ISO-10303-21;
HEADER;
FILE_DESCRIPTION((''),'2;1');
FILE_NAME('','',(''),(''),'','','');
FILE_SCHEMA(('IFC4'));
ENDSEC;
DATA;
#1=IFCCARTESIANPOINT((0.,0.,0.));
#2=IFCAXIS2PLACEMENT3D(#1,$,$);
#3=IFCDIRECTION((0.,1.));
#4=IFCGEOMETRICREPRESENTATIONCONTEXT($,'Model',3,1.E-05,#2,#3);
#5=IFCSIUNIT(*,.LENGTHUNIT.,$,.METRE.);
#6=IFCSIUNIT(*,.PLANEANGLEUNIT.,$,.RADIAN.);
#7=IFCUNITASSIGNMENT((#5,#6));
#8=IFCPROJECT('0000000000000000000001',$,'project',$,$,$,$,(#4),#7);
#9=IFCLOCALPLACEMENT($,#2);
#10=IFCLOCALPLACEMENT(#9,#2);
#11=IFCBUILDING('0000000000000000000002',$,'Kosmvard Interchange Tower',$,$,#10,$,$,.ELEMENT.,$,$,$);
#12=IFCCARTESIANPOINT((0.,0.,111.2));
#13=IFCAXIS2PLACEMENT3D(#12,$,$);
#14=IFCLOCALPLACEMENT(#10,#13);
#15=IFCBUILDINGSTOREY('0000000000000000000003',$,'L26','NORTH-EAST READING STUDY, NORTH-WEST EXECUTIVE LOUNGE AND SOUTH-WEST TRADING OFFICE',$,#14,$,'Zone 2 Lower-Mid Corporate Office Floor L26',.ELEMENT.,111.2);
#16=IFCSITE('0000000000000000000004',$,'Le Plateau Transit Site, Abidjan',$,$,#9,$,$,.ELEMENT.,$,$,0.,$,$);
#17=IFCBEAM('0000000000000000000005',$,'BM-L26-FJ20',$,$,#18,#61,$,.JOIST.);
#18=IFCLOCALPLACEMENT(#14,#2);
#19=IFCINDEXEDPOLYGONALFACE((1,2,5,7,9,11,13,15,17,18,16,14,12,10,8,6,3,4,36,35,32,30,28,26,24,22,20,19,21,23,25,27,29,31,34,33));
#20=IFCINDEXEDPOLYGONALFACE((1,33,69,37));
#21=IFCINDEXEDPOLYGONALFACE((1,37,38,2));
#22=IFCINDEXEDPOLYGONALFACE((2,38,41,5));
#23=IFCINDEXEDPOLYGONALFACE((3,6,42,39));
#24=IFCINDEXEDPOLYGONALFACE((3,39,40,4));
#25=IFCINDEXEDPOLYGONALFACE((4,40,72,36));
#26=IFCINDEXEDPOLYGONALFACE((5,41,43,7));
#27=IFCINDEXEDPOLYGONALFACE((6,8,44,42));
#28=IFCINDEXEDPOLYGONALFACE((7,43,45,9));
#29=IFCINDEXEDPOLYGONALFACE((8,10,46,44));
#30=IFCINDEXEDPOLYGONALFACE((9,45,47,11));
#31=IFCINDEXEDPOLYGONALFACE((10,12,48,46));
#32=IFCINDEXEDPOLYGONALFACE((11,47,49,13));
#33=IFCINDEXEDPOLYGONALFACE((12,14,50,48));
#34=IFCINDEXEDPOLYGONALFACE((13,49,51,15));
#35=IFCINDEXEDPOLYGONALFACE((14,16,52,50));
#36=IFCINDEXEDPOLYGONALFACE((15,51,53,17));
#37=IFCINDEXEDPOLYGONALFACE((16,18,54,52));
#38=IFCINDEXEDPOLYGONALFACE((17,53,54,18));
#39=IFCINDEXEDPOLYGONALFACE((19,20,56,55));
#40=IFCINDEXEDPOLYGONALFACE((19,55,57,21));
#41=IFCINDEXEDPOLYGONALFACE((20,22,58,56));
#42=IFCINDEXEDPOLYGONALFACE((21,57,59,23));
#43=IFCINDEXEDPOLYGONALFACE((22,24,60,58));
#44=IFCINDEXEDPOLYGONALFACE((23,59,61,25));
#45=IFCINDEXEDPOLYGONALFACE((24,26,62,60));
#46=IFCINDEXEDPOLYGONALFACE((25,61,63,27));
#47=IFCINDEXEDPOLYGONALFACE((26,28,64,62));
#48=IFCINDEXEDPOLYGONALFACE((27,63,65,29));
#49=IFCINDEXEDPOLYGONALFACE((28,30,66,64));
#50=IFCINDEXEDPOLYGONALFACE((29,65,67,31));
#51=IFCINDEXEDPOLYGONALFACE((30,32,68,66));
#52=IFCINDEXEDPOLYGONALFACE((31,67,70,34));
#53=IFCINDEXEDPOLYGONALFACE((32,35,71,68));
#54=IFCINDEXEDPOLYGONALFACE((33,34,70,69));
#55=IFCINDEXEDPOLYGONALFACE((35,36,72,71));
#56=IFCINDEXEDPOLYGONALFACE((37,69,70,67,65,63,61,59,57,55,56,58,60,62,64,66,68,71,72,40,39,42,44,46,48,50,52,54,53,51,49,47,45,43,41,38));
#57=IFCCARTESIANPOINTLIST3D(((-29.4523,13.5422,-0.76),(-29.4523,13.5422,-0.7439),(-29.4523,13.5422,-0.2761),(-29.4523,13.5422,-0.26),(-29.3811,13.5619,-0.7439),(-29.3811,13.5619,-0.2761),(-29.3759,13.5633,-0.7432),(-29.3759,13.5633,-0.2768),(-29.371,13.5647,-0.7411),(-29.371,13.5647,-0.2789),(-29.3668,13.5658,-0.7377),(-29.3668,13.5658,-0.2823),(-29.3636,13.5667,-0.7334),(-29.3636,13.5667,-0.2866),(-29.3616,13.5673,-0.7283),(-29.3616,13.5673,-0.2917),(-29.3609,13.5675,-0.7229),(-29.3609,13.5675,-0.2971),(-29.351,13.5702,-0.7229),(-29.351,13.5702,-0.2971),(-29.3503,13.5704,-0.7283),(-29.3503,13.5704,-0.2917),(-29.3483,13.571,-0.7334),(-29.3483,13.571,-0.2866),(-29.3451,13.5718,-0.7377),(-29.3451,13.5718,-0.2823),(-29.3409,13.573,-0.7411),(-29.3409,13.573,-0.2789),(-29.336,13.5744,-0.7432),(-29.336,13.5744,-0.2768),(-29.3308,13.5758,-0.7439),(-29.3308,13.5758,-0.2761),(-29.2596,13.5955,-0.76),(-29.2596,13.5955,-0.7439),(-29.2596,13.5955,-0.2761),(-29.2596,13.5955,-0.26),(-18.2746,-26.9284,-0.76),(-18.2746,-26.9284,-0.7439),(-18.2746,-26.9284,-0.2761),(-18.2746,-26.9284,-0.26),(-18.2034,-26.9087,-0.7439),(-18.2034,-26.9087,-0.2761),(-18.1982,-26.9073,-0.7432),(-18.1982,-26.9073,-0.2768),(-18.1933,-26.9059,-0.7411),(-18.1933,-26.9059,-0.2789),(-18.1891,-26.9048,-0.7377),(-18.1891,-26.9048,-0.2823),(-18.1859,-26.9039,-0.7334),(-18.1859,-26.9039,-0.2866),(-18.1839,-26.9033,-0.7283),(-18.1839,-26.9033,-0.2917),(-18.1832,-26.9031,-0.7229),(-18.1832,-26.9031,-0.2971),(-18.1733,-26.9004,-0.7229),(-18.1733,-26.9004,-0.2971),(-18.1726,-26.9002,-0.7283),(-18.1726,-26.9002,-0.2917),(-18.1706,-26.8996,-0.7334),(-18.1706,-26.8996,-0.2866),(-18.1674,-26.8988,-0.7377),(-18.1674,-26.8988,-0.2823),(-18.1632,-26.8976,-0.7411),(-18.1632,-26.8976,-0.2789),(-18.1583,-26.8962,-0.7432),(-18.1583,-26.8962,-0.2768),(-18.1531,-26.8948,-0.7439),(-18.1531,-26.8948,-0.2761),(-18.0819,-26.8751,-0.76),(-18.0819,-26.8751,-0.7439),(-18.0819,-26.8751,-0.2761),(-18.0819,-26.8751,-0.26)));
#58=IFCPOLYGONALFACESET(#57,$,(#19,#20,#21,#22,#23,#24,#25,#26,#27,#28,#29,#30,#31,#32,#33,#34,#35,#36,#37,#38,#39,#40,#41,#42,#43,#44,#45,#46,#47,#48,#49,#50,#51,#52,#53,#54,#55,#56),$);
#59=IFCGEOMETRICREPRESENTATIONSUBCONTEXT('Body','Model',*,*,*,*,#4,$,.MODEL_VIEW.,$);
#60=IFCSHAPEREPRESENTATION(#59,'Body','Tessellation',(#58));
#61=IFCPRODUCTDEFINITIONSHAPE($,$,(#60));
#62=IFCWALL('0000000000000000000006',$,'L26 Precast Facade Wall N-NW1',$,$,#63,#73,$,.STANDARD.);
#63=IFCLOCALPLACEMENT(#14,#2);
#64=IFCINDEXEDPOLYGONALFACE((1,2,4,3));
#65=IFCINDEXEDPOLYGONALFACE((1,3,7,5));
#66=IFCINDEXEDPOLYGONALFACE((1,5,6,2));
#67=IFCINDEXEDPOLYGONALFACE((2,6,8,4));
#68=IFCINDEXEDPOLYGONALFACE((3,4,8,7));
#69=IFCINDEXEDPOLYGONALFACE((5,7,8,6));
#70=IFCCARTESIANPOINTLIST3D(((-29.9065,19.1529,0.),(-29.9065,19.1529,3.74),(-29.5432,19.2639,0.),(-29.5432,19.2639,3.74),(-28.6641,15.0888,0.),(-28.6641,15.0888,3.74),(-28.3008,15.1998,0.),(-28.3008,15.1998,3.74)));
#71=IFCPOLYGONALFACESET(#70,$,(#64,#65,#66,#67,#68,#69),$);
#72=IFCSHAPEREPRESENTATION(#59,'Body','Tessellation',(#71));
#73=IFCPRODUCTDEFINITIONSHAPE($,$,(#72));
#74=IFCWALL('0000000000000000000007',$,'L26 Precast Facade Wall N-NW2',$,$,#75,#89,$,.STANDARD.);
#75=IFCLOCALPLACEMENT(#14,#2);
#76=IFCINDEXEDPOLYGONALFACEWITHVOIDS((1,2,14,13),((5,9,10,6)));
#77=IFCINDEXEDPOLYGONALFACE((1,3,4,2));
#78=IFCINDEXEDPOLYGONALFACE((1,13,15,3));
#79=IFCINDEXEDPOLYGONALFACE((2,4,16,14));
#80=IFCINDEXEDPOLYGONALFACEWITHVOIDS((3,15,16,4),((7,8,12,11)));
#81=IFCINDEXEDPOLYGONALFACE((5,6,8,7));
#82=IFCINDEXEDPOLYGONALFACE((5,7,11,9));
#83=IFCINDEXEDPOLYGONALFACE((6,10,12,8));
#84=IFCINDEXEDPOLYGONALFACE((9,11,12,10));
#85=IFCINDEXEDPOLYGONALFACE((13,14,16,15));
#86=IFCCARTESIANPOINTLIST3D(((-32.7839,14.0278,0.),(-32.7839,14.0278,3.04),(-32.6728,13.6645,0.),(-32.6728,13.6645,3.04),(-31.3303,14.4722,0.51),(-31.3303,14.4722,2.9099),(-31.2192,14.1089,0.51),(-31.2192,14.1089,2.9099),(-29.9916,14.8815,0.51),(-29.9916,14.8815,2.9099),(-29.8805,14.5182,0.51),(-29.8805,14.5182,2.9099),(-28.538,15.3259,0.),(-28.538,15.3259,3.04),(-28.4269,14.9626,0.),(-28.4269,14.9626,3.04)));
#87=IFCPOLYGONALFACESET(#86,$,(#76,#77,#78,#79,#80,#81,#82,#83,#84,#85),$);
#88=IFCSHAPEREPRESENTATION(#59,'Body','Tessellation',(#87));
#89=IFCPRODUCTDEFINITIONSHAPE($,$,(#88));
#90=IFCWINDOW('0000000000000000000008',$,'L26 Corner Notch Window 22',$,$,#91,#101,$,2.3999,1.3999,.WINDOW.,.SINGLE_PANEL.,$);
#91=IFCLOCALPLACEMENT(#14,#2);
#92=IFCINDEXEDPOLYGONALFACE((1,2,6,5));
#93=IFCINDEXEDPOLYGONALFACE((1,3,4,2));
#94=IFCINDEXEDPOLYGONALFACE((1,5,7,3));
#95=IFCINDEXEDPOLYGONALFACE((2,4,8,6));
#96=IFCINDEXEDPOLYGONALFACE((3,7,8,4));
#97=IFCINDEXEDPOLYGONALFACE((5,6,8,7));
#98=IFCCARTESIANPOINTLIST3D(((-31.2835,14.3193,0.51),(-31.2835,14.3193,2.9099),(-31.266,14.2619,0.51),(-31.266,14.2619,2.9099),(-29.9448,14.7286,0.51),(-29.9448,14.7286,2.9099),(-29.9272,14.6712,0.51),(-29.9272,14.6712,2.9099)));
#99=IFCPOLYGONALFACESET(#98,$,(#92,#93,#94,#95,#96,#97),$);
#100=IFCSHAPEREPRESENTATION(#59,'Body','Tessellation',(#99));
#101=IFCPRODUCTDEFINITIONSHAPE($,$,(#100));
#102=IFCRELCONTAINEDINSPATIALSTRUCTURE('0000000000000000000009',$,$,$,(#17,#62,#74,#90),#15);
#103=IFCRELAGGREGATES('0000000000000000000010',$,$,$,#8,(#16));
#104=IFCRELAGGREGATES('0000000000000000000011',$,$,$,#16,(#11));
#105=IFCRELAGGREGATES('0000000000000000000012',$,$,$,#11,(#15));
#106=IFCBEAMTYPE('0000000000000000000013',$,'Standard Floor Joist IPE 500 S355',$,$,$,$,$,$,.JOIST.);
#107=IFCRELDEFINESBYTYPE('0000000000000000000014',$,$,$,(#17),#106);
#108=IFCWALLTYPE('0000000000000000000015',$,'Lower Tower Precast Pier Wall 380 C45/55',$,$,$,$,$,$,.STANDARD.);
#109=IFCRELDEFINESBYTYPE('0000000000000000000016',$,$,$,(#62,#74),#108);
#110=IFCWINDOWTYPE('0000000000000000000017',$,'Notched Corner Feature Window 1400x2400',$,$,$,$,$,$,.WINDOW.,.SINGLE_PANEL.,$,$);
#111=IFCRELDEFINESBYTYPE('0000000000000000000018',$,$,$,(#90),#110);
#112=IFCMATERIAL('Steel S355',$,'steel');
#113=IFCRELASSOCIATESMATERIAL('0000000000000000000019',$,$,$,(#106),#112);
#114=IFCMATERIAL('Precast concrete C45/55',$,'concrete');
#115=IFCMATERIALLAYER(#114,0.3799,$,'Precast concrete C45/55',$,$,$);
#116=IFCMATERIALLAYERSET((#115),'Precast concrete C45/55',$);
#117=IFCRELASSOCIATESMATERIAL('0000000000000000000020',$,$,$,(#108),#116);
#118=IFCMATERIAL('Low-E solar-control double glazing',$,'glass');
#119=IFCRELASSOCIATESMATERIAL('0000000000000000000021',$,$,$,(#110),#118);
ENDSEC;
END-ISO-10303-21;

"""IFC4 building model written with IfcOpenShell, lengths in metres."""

from ifc_helpers import new_model, si_unit, direction, frame, frame_2d, origin, origin_2d, place, context, subcontext, project, spatial, rectangle, i_section, extrude, source, transform, mapped, material, layer, layer_set, material_profile, profile_set, type_object, element, fill, save


model = new_model("IFC4")

# Units and contexts
model_context = context("Model", 3, precision=1e-05, world=origin(), true_north=direction((0.0, 1.0)))
body_context = subcontext(model_context, "Body", "Model", "MODEL_VIEW")
ifc_project = project(units=[si_unit("LENGTHUNIT", "METRE"), si_unit("PLANEANGLEUNIT", "RADIAN")], contexts=[model_context])

# Site, building, storey
site_placement = place(None, origin())
site = spatial("IfcSite", under=ifc_project, at=site_placement, Name="Le Plateau Transit Site, Abidjan", CompositionType="ELEMENT", RefElevation=0.0)
building_placement = place(site_placement, origin())
building = spatial("IfcBuilding", under=site, at=building_placement, Name="Kosmvard Interchange Tower", CompositionType="ELEMENT")
storey_placement = place(building_placement, frame((0.0, 0.0, 111.2)))
storey = spatial("IfcBuildingStorey", under=building, at=storey_placement, Name="L26", Description="NORTH-EAST READING STUDY, NORTH-WEST EXECUTIVE LOUNGE AND SOUTH-WEST TRADING OFFICE", LongName="Zone 2 Lower-Mid Corporate Office Floor L26", CompositionType="ELEMENT", Elevation=111.2)

# Beam
ifc_material_1 = material(Name="Steel S355", Category="steel")
ifc_material_2 = material(Name="Precast concrete C45/55", Category="concrete")
ifc_material_profile_1 = material_profile(ifc_material_1, i_section(OverallWidth=0.2, OverallDepth=0.5, WebThickness=0.0103, FlangeThickness=0.0161, FilletRadius=0.021, at=origin_2d()), Name="IPE 500")
ifc_profile_set_1 = profile_set([ifc_material_profile_1], Name="Steel S355")
beam_type_1 = type_object("IfcBeamType", Name="Standard Floor Joist IPE 500 S355", PredefinedType="JOIST", material=ifc_profile_set_1)
shared_shape_1 = source(origin(), body_context, "Body", "SweptSolid", [
    extrude(i_section(OverallWidth=0.2, OverallDepth=0.5, WebThickness=0.0103, FlangeThickness=0.0161, FilletRadius=0.021, at=origin_2d()), origin(), (0.0, 0.0, 1.0), 41.9858),
])
beam_1_placement = place(storey_placement, frame((-29.356, 13.5688, -0.51), z_axis=(0.266226, -0.963911, 0.0), x_axis=(0.963911, 0.266226, 0.0)))
element("IfcBeam", 1, at=beam_1_placement, inside=storey, type_object=beam_type_1, Name="BM-L26-FJ20", PredefinedType="JOIST", context=body_context, shape_type="MappedRepresentation", body=[
    mapped(shared_shape_1, transform((0.0, 0.0, 0.0), scale=1.0)),
])

# Wall
ifc_layer_1 = layer(ifc_material_2, 0.3799, Name="Precast concrete C45/55")
ifc_layer_set_1 = layer_set([ifc_layer_1], Name="Precast concrete C45/55")
wall_type = type_object("IfcWallType", Name="Lower Tower Precast Pier Wall 380 C45/55", PredefinedType="STANDARD", material=ifc_layer_set_1)
wall_1_placement = place(storey_placement, frame((-29.7249, 19.2085, 0.0), z_axis=(0.0, 0.0, 1.0), x_axis=(0.292346, -0.956313, 0.0)))
element("IfcWall", 2, at=wall_1_placement, inside=storey, type_object=wall_type, Name="L26 Precast Facade Wall N-NW1", PredefinedType="STANDARD", context=body_context, shape_type="SweptSolid", body=[
    extrude(rectangle(XDim=4.2498, YDim=0.3799, at=frame_2d((2.125, 0.0))), origin(), (0.0, 0.0, 1.0), 3.74),
])

# Wall, opening, window
wall_2_placement = place(storey_placement, frame((-28.4824, 15.1443, 0.0), z_axis=(0.0, 0.0, 1.0), x_axis=(-0.956304, -0.292374, 0.0)))
wall_2 = element("IfcWall", 3, at=wall_2_placement, inside=storey, type_object=wall_type, Name="L26 Precast Facade Wall N-NW2", PredefinedType="STANDARD", context=body_context, shape_type="SweptSolid", body=[
    extrude(rectangle(XDim=4.4399, YDim=0.3799, at=frame_2d((2.22, 0.0))), origin(), (0.0, 0.0, 1.0), 3.04),
])
opening_1_placement = place(wall_2_placement, frame((1.52, 0.0, 0.51)))
opening_1 = element("IfcOpeningElement", 4, at=opening_1_placement, cuts=wall_2, PredefinedType="OPENING", context=body_context, shape_type="SweptSolid", body=[
    extrude(rectangle(XDim=1.3999, YDim=2.3999, at=frame_2d((0.7, 1.2))), frame((0.0, 0.2, 0.0), z_axis=(0.0, -1.0, 0.0), x_axis=(1.0, 0.0, 0.0)), (0.0, 0.0, 1.0), 0.3999),
])
ifc_material_3 = material(Name="Low-E solar-control double glazing", Category="glass")
window_type_1 = type_object("IfcWindowType", Name="Notched Corner Feature Window 1400x2400", PartitioningType="SINGLE_PANEL", PredefinedType="WINDOW", material=ifc_material_3)
shared_shape_2 = source(origin(), body_context, "Body", "SweptSolid", [
    extrude(rectangle(XDim=1.3999, YDim=2.3999, at=frame_2d((0.7, 1.2))), frame((0.0, 0.03, 0.0), z_axis=(0.0, -1.0, 0.0), x_axis=(1.0, 0.0, 0.0)), (0.0, 0.0, 1.0), 0.0601),
])
window_1_placement = place(opening_1_placement, origin())
window_1 = element("IfcWindow", 5, at=window_1_placement, inside=storey, type_object=window_type_1, Name="L26 Corner Notch Window 22", OverallHeight=2.3999, OverallWidth=1.3999, PartitioningType="SINGLE_PANEL", PredefinedType="WINDOW", context=body_context, shape_type="MappedRepresentation", body=[
    mapped(shared_shape_2, transform((0.0, 0.0, 0.0), scale=1.0)),
])
fill(opening_1, window_1)

save(model, "model.ifc")
